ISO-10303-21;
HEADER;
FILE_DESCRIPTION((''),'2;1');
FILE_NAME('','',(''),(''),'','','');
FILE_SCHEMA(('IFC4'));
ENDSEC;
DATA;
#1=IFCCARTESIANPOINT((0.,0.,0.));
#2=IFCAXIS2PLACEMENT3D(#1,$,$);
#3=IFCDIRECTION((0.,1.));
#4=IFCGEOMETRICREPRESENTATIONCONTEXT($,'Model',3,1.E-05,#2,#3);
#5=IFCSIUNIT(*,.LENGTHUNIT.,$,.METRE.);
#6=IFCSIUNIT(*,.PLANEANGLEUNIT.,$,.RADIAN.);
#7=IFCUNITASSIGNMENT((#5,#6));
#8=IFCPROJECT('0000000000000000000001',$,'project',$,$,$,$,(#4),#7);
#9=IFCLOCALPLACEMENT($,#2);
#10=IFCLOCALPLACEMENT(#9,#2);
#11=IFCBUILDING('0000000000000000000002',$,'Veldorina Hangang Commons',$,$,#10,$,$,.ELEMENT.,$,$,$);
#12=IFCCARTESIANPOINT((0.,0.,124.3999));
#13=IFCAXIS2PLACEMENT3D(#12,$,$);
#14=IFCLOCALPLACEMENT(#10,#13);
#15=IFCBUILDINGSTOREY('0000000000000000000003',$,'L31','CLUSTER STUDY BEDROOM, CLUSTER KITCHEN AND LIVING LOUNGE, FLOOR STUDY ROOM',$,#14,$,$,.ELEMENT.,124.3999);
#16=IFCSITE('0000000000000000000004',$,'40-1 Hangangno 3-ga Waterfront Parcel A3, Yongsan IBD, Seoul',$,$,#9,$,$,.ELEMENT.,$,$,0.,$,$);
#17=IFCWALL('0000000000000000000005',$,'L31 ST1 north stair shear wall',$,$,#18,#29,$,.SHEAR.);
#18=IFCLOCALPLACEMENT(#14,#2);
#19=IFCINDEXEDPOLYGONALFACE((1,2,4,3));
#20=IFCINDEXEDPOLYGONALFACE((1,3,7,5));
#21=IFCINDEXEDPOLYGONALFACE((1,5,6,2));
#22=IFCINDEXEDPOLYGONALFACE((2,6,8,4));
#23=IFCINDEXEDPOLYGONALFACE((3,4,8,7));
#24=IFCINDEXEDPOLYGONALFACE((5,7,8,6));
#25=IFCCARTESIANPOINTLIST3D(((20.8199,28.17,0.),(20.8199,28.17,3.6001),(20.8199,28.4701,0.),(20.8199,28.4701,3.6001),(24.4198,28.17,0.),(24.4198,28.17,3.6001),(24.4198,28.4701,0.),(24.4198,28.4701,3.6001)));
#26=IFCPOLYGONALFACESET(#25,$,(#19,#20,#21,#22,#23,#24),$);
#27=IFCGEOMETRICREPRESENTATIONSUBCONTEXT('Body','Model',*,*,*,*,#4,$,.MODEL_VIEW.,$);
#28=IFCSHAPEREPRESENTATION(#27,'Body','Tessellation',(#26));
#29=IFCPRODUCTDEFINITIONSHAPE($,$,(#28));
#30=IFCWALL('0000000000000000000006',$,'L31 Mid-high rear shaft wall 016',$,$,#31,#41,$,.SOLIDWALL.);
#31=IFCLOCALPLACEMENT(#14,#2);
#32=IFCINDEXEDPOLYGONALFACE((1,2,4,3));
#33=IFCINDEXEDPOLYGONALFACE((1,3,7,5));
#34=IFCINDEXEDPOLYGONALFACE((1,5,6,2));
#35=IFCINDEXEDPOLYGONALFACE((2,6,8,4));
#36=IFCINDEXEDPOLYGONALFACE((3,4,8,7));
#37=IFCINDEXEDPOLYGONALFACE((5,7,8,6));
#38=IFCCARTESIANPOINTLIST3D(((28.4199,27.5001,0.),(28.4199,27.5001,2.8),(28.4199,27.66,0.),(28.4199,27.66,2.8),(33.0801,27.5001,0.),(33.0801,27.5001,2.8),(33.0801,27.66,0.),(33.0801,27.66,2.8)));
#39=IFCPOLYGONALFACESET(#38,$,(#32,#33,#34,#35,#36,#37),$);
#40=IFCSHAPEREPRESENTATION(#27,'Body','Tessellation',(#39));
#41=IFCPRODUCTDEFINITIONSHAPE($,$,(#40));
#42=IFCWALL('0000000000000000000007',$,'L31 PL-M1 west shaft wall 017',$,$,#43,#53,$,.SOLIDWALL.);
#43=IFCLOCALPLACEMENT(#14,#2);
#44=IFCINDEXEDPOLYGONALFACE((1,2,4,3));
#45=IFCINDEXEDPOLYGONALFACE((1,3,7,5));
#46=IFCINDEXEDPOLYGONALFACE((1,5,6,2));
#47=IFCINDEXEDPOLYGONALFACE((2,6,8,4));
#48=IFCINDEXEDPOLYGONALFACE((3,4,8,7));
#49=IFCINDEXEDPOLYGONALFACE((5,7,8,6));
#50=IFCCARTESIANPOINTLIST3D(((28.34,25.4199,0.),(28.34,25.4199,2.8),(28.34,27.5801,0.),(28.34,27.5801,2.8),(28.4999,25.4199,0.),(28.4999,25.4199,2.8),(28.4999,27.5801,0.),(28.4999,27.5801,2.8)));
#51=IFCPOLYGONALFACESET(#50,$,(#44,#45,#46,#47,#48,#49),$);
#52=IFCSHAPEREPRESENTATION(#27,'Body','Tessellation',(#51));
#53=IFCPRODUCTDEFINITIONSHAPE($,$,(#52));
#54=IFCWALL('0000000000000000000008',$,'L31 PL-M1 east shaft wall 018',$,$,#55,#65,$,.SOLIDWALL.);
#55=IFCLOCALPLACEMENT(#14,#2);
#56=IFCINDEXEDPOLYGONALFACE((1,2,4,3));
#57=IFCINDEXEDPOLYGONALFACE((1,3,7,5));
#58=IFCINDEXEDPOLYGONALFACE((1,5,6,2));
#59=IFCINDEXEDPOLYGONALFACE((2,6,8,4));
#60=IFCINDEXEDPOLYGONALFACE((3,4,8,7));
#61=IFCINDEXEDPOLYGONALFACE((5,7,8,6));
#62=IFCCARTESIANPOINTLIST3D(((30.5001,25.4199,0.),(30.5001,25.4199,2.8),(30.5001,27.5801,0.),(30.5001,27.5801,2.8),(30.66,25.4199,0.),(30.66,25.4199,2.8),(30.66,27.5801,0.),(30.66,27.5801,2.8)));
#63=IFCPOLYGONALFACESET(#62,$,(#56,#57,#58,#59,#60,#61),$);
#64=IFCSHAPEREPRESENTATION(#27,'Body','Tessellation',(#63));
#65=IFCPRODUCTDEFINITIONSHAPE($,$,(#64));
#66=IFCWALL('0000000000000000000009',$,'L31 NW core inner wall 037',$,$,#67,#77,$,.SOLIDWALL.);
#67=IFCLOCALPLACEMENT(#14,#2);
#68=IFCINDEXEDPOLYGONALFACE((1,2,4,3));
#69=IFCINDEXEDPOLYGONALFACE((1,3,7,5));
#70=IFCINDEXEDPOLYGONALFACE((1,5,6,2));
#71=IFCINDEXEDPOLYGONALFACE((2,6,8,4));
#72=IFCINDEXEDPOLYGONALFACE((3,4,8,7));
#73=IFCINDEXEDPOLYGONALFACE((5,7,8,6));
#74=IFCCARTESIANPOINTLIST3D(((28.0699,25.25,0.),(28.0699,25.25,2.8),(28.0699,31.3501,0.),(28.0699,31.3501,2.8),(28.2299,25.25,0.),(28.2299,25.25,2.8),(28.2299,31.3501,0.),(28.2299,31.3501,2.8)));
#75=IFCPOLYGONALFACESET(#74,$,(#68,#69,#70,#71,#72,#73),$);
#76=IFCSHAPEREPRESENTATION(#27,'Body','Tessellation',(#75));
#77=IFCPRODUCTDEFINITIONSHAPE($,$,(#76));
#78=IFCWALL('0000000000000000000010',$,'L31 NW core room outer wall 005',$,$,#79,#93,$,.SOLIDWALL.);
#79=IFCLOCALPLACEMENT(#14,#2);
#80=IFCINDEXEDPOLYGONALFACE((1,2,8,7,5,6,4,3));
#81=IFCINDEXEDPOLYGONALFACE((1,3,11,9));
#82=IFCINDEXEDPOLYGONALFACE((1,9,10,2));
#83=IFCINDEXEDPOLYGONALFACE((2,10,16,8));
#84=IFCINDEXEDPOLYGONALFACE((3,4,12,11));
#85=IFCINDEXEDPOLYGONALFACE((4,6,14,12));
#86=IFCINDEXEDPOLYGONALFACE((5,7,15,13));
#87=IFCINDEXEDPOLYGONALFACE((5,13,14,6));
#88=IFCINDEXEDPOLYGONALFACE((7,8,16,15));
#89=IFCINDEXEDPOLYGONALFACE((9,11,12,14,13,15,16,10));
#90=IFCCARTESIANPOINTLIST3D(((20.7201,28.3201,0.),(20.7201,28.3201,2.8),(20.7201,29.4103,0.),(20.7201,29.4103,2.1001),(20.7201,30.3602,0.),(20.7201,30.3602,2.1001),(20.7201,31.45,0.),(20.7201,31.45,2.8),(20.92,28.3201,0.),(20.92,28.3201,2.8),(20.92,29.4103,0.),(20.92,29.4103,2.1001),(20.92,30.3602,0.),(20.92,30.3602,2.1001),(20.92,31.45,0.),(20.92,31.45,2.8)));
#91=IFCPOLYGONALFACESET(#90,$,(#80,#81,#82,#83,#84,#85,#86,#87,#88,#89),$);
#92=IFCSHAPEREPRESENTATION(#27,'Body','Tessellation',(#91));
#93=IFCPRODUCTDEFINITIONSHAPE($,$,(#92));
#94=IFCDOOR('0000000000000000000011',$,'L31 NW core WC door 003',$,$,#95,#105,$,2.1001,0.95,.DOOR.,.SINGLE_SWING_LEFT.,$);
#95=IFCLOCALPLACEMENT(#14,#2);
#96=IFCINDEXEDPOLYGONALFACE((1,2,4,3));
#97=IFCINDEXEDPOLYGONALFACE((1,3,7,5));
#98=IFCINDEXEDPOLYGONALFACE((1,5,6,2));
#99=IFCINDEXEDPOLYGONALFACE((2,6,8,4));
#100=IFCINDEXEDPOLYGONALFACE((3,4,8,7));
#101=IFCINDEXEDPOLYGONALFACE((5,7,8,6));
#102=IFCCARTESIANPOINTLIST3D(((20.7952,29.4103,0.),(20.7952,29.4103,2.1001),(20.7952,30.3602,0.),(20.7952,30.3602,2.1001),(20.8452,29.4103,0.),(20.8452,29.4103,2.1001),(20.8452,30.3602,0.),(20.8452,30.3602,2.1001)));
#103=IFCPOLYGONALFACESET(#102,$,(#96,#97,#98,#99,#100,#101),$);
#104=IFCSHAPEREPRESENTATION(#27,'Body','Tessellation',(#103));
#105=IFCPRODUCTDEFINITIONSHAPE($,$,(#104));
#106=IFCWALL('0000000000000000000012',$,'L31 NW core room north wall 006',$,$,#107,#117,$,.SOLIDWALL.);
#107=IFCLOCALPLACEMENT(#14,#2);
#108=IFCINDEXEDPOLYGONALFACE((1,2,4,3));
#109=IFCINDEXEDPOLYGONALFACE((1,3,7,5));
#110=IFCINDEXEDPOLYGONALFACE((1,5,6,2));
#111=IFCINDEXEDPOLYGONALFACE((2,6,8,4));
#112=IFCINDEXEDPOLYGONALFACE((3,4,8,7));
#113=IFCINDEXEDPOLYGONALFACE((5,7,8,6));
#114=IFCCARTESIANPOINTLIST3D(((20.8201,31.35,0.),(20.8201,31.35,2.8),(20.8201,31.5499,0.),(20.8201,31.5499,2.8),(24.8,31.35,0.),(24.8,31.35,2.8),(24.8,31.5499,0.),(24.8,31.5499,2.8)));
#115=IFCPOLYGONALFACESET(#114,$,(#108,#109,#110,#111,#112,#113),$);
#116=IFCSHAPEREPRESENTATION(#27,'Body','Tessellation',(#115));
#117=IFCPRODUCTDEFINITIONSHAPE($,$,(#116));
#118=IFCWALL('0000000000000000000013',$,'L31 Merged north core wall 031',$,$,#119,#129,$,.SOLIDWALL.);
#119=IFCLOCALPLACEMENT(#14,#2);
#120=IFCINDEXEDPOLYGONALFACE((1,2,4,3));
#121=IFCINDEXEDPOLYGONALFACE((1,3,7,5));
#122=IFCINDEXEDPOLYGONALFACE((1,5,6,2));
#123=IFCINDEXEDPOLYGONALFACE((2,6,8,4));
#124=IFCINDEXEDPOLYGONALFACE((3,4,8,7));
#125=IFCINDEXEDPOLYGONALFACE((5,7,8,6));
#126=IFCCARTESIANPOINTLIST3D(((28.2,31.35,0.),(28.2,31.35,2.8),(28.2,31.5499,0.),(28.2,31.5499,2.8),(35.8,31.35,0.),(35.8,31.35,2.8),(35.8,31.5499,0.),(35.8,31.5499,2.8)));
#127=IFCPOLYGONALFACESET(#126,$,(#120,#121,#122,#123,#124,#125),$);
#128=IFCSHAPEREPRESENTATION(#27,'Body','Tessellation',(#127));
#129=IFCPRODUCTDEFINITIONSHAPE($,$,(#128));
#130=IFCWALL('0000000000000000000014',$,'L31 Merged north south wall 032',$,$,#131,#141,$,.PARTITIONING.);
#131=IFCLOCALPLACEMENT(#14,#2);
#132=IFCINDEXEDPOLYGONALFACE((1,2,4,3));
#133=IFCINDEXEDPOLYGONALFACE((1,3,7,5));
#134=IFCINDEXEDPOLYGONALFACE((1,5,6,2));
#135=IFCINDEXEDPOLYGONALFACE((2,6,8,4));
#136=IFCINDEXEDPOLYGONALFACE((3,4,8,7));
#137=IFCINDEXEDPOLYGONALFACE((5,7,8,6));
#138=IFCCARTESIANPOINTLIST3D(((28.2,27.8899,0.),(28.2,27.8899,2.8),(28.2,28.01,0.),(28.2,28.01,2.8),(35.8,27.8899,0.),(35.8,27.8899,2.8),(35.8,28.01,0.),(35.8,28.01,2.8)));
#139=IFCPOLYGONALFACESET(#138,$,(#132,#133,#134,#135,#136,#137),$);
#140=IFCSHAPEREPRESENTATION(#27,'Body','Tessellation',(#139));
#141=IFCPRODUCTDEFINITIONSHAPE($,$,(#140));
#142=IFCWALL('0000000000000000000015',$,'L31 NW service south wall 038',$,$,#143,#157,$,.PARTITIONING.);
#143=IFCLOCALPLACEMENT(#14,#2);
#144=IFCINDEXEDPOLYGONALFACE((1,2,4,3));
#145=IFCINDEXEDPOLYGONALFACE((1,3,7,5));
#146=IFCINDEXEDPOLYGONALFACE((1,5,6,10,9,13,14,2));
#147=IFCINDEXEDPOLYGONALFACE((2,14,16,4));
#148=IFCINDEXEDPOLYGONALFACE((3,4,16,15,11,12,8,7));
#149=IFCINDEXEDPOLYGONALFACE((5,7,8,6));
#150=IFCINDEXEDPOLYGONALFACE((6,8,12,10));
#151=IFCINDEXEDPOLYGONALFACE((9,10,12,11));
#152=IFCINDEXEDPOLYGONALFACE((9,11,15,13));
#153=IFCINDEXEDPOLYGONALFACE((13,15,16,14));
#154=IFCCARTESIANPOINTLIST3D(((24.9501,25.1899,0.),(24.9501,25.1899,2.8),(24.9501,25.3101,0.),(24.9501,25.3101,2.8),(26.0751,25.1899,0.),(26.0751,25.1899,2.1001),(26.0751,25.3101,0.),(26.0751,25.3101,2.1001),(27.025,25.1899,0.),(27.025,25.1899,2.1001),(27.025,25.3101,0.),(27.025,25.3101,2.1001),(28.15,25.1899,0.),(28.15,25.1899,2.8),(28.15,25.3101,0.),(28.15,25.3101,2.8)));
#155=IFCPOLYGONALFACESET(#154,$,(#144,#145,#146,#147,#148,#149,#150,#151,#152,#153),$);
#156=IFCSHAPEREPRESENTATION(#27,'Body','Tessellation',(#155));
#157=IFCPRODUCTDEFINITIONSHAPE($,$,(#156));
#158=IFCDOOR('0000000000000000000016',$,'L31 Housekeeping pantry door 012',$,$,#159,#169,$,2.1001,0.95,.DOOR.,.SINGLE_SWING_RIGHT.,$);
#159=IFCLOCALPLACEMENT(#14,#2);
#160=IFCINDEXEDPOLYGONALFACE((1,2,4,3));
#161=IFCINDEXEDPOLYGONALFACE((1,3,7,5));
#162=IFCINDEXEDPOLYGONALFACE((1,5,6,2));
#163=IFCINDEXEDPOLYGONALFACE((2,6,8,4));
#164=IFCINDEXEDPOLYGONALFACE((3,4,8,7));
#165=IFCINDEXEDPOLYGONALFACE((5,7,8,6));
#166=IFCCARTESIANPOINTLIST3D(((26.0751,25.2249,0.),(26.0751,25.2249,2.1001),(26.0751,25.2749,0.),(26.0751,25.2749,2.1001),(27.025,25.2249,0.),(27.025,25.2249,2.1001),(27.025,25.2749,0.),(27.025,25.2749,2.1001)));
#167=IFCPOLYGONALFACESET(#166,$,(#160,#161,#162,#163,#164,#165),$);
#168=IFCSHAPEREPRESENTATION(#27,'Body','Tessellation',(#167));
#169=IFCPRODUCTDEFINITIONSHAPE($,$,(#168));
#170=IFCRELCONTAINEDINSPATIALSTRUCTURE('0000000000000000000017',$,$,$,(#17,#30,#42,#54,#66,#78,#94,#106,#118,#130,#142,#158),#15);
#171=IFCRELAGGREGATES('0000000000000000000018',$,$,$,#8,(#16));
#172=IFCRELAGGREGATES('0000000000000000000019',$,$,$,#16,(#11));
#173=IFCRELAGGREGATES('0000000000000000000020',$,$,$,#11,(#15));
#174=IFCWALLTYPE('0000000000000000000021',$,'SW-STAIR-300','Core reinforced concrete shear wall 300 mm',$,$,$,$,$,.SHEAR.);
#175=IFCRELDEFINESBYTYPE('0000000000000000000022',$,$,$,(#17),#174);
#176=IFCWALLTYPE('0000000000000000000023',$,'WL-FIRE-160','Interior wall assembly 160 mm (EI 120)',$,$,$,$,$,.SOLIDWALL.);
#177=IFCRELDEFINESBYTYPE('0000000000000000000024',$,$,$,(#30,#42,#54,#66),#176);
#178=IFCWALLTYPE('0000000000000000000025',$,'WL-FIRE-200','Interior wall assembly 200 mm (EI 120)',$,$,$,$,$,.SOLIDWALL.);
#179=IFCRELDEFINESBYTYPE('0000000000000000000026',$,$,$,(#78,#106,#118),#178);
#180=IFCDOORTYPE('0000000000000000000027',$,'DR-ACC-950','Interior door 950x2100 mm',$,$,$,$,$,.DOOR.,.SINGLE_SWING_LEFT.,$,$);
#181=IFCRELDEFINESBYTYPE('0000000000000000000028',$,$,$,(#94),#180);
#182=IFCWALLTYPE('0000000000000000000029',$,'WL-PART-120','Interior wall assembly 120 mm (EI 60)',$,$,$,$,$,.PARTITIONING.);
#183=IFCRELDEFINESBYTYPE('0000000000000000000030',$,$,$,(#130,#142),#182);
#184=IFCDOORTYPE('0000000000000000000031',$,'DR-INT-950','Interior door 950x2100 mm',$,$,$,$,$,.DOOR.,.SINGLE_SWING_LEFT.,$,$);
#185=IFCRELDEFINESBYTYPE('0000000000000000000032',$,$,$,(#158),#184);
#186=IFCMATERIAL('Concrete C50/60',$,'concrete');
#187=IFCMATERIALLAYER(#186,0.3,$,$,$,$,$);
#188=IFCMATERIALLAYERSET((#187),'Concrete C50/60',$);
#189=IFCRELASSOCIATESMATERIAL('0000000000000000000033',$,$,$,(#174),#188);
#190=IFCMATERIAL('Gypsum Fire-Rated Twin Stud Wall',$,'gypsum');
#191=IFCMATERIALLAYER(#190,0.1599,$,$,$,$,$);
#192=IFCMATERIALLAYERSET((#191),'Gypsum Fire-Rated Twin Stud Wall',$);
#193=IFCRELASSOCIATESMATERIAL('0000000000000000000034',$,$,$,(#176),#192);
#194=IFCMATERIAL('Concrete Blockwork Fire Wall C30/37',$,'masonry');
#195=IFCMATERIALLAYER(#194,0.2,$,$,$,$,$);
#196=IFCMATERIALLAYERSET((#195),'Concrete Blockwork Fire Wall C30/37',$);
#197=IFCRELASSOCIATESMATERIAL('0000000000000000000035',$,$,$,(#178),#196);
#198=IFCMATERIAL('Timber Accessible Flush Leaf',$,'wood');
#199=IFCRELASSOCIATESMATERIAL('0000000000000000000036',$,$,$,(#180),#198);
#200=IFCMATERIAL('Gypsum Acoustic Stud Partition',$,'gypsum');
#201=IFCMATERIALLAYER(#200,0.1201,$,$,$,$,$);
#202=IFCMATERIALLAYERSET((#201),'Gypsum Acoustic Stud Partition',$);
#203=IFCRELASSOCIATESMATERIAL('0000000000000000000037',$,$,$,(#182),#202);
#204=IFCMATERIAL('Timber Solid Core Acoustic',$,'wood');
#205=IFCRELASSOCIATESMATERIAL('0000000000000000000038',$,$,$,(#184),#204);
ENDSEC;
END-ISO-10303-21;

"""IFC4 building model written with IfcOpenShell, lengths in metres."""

from ifc_helpers import new_model, si_unit, direction, frame, frame_2d, origin, place, context, subcontext, project, spatial, rectangle, extrude, material, layer, layer_set, type_object, element, fill, save


model = new_model("IFC4")

# Units and contexts
model_context = context("Model", 3, precision=1e-05, world=origin(), true_north=direction((0.0, 1.0)))
body_context = subcontext(model_context, "Body", "Model", "MODEL_VIEW")
ifc_project = project(units=[si_unit("LENGTHUNIT", "METRE"), si_unit("PLANEANGLEUNIT", "RADIAN")], contexts=[model_context])

# Site, building, storey
site_placement = place(None, origin())
site = spatial("IfcSite", under=ifc_project, at=site_placement, Name="40-1 Hangangno 3-ga Waterfront Parcel A3, Yongsan IBD, Seoul", CompositionType="ELEMENT", RefElevation=0.0)
building_placement = place(site_placement, origin())
building = spatial("IfcBuilding", under=site, at=building_placement, Name="Veldorina Hangang Commons", CompositionType="ELEMENT")
storey_placement = place(building_placement, frame((0.0, 0.0, 124.3999)))
storey = spatial("IfcBuildingStorey", under=building, at=storey_placement, Name="L31", Description="CLUSTER STUDY BEDROOM, CLUSTER KITCHEN AND LIVING LOUNGE, FLOOR STUDY ROOM", CompositionType="ELEMENT", Elevation=124.3999)

# Wall
ifc_material_1 = material(Name="Concrete C50/60", Category="concrete")
ifc_layer_1 = layer(ifc_material_1, 0.3)
ifc_layer_set_1 = layer_set([ifc_layer_1], Name="Concrete C50/60")
wall_type_1 = type_object("IfcWallType", Name="SW-STAIR-300", Description="Core reinforced concrete shear wall 300 mm", PredefinedType="SHEAR", material=ifc_layer_set_1)
wall_1_placement = place(storey_placement, frame((20.8201, 28.3201, 0.0), z_axis=(0.0, 0.0, 1.0), x_axis=(1.0, 0.0, 0.0)))
element("IfcWall", 1, at=wall_1_placement, inside=storey, type_object=wall_type_1, Name="L31 ST1 north stair shear wall", PredefinedType="SHEAR", context=body_context, shape_type="SweptSolid", body=[
    extrude(rectangle(XDim=3.5999, YDim=0.3, at=frame_2d((1.7998, 0.0))), origin(), (0.0, 0.0, 1.0), 3.6001),
])

# Shared definitions
ifc_material_2 = material(Name="Gypsum Fire-Rated Twin Stud Wall", Category="gypsum")
ifc_layer_2 = layer(ifc_material_2, 0.1599)
ifc_layer_set_2 = layer_set([ifc_layer_2], Name="Gypsum Fire-Rated Twin Stud Wall")
wall_type_2 = type_object("IfcWallType", Name="WL-FIRE-160", Description="Interior wall assembly 160 mm (EI 120)", PredefinedType="SOLIDWALL", material=ifc_layer_set_2)

# Walls
wall_2_placement = place(storey_placement, frame((28.4199, 27.5801, 0.0), z_axis=(0.0, 0.0, 1.0), x_axis=(1.0, 0.0, 0.0)))
element("IfcWall", 2, at=wall_2_placement, inside=storey, type_object=wall_type_2, Name="L31 Mid-high rear shaft wall 016", PredefinedType="SOLIDWALL", context=body_context, shape_type="SweptSolid", body=[
    extrude(rectangle(XDim=4.6602, YDim=0.1599, at=frame_2d((2.3301, 0.0))), origin(), (0.0, 0.0, 1.0), 2.8),
])
for number, where, z_axis, x_axis, name in (
    (3, (28.4199, 25.4199, 0.0), (0.0, 0.0, 1.0), (0.0, 1.0, 0.0), "L31 PL-M1 west shaft wall 017"),
    (4, (30.5801, 25.4199, 0.0), (0.0, 0.0, 1.0), (0.0, 1.0, 0.0), "L31 PL-M1 east shaft wall 018"),
):
    element("IfcWall", number, at=place(storey_placement, frame(where, z_axis=z_axis, x_axis=x_axis)), inside=storey, type_object=wall_type_2, Name=name, PredefinedType="SOLIDWALL", context=body_context, shape_type="SweptSolid", body=[
        extrude(rectangle(XDim=2.1602, YDim=0.1599, at=frame_2d((1.0801, 0.0))), origin(), (0.0, 0.0, 1.0), 2.8),
    ])
wall_3_placement = place(storey_placement, frame((28.1499, 25.25, 0.0), z_axis=(0.0, 0.0, 1.0), x_axis=(0.0, 1.0, 0.0)))
element("IfcWall", 5, at=wall_3_placement, inside=storey, type_object=wall_type_2, Name="L31 NW core inner wall 037", PredefinedType="SOLIDWALL", context=body_context, shape_type="SweptSolid", body=[
    extrude(rectangle(XDim=6.1001, YDim=0.1599, at=frame_2d((3.05, 0.0))), origin(), (0.0, 0.0, 1.0), 2.8),
])

# Wall, opening, door
ifc_material_3 = material(Name="Concrete Blockwork Fire Wall C30/37", Category="masonry")
ifc_layer_3 = layer(ifc_material_3, 0.2)
ifc_layer_set_3 = layer_set([ifc_layer_3], Name="Concrete Blockwork Fire Wall C30/37")
wall_type_3 = type_object("IfcWallType", Name="WL-FIRE-200", Description="Interior wall assembly 200 mm (EI 120)", PredefinedType="SOLIDWALL", material=ifc_layer_set_3)
wall_4_placement = place(storey_placement, frame((20.8201, 28.3201, 0.0), z_axis=(0.0, 0.0, 1.0), x_axis=(0.0, 1.0, 0.0)))
wall_4 = element("IfcWall", 6, at=wall_4_placement, inside=storey, type_object=wall_type_3, Name="L31 NW core room outer wall 005", PredefinedType="SOLIDWALL", context=body_context, shape_type="SweptSolid", body=[
    extrude(rectangle(XDim=3.1299, YDim=0.2, at=frame_2d((1.5649, 0.0))), origin(), (0.0, 0.0, 1.0), 2.8),
])
opening_1_placement = place(wall_4_placement, frame((1.0901, 0.0, 0.0)))
opening_1 = element("IfcOpeningElement", 7, at=opening_1_placement, cuts=wall_4, PredefinedType="OPENING", context=body_context, shape_type="SweptSolid", body=[
    extrude(rectangle(XDim=0.95, YDim=2.1001, at=frame_2d((0.4751, 1.05))), frame((0.0, 0.1099, 0.0), z_axis=(0.0, -1.0, 0.0), x_axis=(1.0, 0.0, 0.0)), (0.0, 0.0, 1.0), 0.22),
])
ifc_material_4 = material(Name="Timber Accessible Flush Leaf", Category="wood")
door_type_1 = type_object("IfcDoorType", Name="DR-ACC-950", Description="Interior door 950x2100 mm", OperationType="SINGLE_SWING_LEFT", PredefinedType="DOOR", material=ifc_material_4)
door_1_placement = place(opening_1_placement, origin())
door_1 = element("IfcDoor", 8, at=door_1_placement, inside=storey, type_object=door_type_1, Name="L31 NW core WC door 003", OperationType="SINGLE_SWING_LEFT", OverallHeight=2.1001, OverallWidth=0.95, PredefinedType="DOOR", context=body_context, shape_type="SweptSolid", body=[
    extrude(rectangle(XDim=0.95, YDim=2.1001, at=frame_2d((0.4751, 1.05))), frame((0.0, 0.0249, 0.0), z_axis=(0.0, -1.0, 0.0), x_axis=(1.0, 0.0, 0.0)), (0.0, 0.0, 1.0), 0.05),
])
fill(opening_1, door_1)

# Walls
wall_5_placement = place(storey_placement, frame((20.8201, 31.45, 0.0), z_axis=(0.0, 0.0, 1.0), x_axis=(1.0, 0.0, 0.0)))
element("IfcWall", 9, at=wall_5_placement, inside=storey, type_object=wall_type_3, Name="L31 NW core room north wall 006", PredefinedType="SOLIDWALL", context=body_context, shape_type="SweptSolid", body=[
    extrude(rectangle(XDim=3.98, YDim=0.2, at=frame_2d((1.99, 0.0))), origin(), (0.0, 0.0, 1.0), 2.8),
])
wall_6_placement = place(storey_placement, frame((28.2, 31.45, 0.0), z_axis=(0.0, 0.0, 1.0), x_axis=(1.0, 0.0, 0.0)))
element("IfcWall", 10, at=wall_6_placement, inside=storey, type_object=wall_type_3, Name="L31 Merged north core wall 031", PredefinedType="SOLIDWALL", context=body_context, shape_type="SweptSolid", body=[
    extrude(rectangle(XDim=7.6001, YDim=0.2, at=frame_2d((3.8, 0.0))), origin(), (0.0, 0.0, 1.0), 2.8),
])
ifc_material_5 = material(Name="Gypsum Acoustic Stud Partition", Category="gypsum")
ifc_layer_4 = layer(ifc_material_5, 0.1201)
ifc_layer_set_4 = layer_set([ifc_layer_4], Name="Gypsum Acoustic Stud Partition")
wall_type_4 = type_object("IfcWallType", Name="WL-PART-120", Description="Interior wall assembly 120 mm (EI 60)", PredefinedType="PARTITIONING", material=ifc_layer_set_4)
wall_7_placement = place(storey_placement, frame((28.2, 27.95, 0.0), z_axis=(0.0, 0.0, 1.0), x_axis=(1.0, 0.0, 0.0)))
element("IfcWall", 11, at=wall_7_placement, inside=storey, type_object=wall_type_4, Name="L31 Merged north south wall 032", PredefinedType="PARTITIONING", context=body_context, shape_type="SweptSolid", body=[
    extrude(rectangle(XDim=7.6001, YDim=0.1201, at=frame_2d((3.8, 0.0))), origin(), (0.0, 0.0, 1.0), 2.8),
])

# Wall, opening, door
wall_8_placement = place(storey_placement, frame((24.95, 25.25, 0.0), z_axis=(0.0, 0.0, 1.0), x_axis=(1.0, 0.0, 0.0)))
wall_8 = element("IfcWall", 12, at=wall_8_placement, inside=storey, type_object=wall_type_4, Name="L31 NW service south wall 038", PredefinedType="PARTITIONING", context=body_context, shape_type="SweptSolid", body=[
    extrude(rectangle(XDim=3.2, YDim=0.1201, at=frame_2d((1.6001, 0.0))), origin(), (0.0, 0.0, 1.0), 2.8),
])
opening_2_placement = place(wall_8_placement, frame((1.125, 0.0, 0.0)))
opening_2 = element("IfcOpeningElement", 13, at=opening_2_placement, cuts=wall_8, PredefinedType="OPENING", context=body_context, shape_type="SweptSolid", body=[
    extrude(rectangle(XDim=0.95, YDim=2.1001, at=frame_2d((0.4751, 1.05))), frame((0.0, 0.0701, 0.0), z_axis=(0.0, -1.0, 0.0), x_axis=(1.0, 0.0, 0.0)), (0.0, 0.0, 1.0), 0.1401),
])
ifc_material_6 = material(Name="Timber Solid Core Acoustic", Category="wood")
door_type_2 = type_object("IfcDoorType", Name="DR-INT-950", Description="Interior door 950x2100 mm", OperationType="SINGLE_SWING_LEFT", PredefinedType="DOOR", material=ifc_material_6)
door_2_placement = place(opening_2_placement, origin())
door_2 = element("IfcDoor", 14, at=door_2_placement, inside=storey, type_object=door_type_2, Name="L31 Housekeeping pantry door 012", OperationType="SINGLE_SWING_RIGHT", OverallHeight=2.1001, OverallWidth=0.95, PredefinedType="DOOR", context=body_context, shape_type="SweptSolid", body=[
    extrude(rectangle(XDim=0.95, YDim=2.1001, at=frame_2d((0.4751, 1.05))), frame((0.0, 0.0249, 0.0), z_axis=(0.0, -1.0, 0.0), x_axis=(1.0, 0.0, 0.0)), (0.0, 0.0, 1.0), 0.05),
])
fill(opening_2, door_2)

save(model, "model.ifc")
